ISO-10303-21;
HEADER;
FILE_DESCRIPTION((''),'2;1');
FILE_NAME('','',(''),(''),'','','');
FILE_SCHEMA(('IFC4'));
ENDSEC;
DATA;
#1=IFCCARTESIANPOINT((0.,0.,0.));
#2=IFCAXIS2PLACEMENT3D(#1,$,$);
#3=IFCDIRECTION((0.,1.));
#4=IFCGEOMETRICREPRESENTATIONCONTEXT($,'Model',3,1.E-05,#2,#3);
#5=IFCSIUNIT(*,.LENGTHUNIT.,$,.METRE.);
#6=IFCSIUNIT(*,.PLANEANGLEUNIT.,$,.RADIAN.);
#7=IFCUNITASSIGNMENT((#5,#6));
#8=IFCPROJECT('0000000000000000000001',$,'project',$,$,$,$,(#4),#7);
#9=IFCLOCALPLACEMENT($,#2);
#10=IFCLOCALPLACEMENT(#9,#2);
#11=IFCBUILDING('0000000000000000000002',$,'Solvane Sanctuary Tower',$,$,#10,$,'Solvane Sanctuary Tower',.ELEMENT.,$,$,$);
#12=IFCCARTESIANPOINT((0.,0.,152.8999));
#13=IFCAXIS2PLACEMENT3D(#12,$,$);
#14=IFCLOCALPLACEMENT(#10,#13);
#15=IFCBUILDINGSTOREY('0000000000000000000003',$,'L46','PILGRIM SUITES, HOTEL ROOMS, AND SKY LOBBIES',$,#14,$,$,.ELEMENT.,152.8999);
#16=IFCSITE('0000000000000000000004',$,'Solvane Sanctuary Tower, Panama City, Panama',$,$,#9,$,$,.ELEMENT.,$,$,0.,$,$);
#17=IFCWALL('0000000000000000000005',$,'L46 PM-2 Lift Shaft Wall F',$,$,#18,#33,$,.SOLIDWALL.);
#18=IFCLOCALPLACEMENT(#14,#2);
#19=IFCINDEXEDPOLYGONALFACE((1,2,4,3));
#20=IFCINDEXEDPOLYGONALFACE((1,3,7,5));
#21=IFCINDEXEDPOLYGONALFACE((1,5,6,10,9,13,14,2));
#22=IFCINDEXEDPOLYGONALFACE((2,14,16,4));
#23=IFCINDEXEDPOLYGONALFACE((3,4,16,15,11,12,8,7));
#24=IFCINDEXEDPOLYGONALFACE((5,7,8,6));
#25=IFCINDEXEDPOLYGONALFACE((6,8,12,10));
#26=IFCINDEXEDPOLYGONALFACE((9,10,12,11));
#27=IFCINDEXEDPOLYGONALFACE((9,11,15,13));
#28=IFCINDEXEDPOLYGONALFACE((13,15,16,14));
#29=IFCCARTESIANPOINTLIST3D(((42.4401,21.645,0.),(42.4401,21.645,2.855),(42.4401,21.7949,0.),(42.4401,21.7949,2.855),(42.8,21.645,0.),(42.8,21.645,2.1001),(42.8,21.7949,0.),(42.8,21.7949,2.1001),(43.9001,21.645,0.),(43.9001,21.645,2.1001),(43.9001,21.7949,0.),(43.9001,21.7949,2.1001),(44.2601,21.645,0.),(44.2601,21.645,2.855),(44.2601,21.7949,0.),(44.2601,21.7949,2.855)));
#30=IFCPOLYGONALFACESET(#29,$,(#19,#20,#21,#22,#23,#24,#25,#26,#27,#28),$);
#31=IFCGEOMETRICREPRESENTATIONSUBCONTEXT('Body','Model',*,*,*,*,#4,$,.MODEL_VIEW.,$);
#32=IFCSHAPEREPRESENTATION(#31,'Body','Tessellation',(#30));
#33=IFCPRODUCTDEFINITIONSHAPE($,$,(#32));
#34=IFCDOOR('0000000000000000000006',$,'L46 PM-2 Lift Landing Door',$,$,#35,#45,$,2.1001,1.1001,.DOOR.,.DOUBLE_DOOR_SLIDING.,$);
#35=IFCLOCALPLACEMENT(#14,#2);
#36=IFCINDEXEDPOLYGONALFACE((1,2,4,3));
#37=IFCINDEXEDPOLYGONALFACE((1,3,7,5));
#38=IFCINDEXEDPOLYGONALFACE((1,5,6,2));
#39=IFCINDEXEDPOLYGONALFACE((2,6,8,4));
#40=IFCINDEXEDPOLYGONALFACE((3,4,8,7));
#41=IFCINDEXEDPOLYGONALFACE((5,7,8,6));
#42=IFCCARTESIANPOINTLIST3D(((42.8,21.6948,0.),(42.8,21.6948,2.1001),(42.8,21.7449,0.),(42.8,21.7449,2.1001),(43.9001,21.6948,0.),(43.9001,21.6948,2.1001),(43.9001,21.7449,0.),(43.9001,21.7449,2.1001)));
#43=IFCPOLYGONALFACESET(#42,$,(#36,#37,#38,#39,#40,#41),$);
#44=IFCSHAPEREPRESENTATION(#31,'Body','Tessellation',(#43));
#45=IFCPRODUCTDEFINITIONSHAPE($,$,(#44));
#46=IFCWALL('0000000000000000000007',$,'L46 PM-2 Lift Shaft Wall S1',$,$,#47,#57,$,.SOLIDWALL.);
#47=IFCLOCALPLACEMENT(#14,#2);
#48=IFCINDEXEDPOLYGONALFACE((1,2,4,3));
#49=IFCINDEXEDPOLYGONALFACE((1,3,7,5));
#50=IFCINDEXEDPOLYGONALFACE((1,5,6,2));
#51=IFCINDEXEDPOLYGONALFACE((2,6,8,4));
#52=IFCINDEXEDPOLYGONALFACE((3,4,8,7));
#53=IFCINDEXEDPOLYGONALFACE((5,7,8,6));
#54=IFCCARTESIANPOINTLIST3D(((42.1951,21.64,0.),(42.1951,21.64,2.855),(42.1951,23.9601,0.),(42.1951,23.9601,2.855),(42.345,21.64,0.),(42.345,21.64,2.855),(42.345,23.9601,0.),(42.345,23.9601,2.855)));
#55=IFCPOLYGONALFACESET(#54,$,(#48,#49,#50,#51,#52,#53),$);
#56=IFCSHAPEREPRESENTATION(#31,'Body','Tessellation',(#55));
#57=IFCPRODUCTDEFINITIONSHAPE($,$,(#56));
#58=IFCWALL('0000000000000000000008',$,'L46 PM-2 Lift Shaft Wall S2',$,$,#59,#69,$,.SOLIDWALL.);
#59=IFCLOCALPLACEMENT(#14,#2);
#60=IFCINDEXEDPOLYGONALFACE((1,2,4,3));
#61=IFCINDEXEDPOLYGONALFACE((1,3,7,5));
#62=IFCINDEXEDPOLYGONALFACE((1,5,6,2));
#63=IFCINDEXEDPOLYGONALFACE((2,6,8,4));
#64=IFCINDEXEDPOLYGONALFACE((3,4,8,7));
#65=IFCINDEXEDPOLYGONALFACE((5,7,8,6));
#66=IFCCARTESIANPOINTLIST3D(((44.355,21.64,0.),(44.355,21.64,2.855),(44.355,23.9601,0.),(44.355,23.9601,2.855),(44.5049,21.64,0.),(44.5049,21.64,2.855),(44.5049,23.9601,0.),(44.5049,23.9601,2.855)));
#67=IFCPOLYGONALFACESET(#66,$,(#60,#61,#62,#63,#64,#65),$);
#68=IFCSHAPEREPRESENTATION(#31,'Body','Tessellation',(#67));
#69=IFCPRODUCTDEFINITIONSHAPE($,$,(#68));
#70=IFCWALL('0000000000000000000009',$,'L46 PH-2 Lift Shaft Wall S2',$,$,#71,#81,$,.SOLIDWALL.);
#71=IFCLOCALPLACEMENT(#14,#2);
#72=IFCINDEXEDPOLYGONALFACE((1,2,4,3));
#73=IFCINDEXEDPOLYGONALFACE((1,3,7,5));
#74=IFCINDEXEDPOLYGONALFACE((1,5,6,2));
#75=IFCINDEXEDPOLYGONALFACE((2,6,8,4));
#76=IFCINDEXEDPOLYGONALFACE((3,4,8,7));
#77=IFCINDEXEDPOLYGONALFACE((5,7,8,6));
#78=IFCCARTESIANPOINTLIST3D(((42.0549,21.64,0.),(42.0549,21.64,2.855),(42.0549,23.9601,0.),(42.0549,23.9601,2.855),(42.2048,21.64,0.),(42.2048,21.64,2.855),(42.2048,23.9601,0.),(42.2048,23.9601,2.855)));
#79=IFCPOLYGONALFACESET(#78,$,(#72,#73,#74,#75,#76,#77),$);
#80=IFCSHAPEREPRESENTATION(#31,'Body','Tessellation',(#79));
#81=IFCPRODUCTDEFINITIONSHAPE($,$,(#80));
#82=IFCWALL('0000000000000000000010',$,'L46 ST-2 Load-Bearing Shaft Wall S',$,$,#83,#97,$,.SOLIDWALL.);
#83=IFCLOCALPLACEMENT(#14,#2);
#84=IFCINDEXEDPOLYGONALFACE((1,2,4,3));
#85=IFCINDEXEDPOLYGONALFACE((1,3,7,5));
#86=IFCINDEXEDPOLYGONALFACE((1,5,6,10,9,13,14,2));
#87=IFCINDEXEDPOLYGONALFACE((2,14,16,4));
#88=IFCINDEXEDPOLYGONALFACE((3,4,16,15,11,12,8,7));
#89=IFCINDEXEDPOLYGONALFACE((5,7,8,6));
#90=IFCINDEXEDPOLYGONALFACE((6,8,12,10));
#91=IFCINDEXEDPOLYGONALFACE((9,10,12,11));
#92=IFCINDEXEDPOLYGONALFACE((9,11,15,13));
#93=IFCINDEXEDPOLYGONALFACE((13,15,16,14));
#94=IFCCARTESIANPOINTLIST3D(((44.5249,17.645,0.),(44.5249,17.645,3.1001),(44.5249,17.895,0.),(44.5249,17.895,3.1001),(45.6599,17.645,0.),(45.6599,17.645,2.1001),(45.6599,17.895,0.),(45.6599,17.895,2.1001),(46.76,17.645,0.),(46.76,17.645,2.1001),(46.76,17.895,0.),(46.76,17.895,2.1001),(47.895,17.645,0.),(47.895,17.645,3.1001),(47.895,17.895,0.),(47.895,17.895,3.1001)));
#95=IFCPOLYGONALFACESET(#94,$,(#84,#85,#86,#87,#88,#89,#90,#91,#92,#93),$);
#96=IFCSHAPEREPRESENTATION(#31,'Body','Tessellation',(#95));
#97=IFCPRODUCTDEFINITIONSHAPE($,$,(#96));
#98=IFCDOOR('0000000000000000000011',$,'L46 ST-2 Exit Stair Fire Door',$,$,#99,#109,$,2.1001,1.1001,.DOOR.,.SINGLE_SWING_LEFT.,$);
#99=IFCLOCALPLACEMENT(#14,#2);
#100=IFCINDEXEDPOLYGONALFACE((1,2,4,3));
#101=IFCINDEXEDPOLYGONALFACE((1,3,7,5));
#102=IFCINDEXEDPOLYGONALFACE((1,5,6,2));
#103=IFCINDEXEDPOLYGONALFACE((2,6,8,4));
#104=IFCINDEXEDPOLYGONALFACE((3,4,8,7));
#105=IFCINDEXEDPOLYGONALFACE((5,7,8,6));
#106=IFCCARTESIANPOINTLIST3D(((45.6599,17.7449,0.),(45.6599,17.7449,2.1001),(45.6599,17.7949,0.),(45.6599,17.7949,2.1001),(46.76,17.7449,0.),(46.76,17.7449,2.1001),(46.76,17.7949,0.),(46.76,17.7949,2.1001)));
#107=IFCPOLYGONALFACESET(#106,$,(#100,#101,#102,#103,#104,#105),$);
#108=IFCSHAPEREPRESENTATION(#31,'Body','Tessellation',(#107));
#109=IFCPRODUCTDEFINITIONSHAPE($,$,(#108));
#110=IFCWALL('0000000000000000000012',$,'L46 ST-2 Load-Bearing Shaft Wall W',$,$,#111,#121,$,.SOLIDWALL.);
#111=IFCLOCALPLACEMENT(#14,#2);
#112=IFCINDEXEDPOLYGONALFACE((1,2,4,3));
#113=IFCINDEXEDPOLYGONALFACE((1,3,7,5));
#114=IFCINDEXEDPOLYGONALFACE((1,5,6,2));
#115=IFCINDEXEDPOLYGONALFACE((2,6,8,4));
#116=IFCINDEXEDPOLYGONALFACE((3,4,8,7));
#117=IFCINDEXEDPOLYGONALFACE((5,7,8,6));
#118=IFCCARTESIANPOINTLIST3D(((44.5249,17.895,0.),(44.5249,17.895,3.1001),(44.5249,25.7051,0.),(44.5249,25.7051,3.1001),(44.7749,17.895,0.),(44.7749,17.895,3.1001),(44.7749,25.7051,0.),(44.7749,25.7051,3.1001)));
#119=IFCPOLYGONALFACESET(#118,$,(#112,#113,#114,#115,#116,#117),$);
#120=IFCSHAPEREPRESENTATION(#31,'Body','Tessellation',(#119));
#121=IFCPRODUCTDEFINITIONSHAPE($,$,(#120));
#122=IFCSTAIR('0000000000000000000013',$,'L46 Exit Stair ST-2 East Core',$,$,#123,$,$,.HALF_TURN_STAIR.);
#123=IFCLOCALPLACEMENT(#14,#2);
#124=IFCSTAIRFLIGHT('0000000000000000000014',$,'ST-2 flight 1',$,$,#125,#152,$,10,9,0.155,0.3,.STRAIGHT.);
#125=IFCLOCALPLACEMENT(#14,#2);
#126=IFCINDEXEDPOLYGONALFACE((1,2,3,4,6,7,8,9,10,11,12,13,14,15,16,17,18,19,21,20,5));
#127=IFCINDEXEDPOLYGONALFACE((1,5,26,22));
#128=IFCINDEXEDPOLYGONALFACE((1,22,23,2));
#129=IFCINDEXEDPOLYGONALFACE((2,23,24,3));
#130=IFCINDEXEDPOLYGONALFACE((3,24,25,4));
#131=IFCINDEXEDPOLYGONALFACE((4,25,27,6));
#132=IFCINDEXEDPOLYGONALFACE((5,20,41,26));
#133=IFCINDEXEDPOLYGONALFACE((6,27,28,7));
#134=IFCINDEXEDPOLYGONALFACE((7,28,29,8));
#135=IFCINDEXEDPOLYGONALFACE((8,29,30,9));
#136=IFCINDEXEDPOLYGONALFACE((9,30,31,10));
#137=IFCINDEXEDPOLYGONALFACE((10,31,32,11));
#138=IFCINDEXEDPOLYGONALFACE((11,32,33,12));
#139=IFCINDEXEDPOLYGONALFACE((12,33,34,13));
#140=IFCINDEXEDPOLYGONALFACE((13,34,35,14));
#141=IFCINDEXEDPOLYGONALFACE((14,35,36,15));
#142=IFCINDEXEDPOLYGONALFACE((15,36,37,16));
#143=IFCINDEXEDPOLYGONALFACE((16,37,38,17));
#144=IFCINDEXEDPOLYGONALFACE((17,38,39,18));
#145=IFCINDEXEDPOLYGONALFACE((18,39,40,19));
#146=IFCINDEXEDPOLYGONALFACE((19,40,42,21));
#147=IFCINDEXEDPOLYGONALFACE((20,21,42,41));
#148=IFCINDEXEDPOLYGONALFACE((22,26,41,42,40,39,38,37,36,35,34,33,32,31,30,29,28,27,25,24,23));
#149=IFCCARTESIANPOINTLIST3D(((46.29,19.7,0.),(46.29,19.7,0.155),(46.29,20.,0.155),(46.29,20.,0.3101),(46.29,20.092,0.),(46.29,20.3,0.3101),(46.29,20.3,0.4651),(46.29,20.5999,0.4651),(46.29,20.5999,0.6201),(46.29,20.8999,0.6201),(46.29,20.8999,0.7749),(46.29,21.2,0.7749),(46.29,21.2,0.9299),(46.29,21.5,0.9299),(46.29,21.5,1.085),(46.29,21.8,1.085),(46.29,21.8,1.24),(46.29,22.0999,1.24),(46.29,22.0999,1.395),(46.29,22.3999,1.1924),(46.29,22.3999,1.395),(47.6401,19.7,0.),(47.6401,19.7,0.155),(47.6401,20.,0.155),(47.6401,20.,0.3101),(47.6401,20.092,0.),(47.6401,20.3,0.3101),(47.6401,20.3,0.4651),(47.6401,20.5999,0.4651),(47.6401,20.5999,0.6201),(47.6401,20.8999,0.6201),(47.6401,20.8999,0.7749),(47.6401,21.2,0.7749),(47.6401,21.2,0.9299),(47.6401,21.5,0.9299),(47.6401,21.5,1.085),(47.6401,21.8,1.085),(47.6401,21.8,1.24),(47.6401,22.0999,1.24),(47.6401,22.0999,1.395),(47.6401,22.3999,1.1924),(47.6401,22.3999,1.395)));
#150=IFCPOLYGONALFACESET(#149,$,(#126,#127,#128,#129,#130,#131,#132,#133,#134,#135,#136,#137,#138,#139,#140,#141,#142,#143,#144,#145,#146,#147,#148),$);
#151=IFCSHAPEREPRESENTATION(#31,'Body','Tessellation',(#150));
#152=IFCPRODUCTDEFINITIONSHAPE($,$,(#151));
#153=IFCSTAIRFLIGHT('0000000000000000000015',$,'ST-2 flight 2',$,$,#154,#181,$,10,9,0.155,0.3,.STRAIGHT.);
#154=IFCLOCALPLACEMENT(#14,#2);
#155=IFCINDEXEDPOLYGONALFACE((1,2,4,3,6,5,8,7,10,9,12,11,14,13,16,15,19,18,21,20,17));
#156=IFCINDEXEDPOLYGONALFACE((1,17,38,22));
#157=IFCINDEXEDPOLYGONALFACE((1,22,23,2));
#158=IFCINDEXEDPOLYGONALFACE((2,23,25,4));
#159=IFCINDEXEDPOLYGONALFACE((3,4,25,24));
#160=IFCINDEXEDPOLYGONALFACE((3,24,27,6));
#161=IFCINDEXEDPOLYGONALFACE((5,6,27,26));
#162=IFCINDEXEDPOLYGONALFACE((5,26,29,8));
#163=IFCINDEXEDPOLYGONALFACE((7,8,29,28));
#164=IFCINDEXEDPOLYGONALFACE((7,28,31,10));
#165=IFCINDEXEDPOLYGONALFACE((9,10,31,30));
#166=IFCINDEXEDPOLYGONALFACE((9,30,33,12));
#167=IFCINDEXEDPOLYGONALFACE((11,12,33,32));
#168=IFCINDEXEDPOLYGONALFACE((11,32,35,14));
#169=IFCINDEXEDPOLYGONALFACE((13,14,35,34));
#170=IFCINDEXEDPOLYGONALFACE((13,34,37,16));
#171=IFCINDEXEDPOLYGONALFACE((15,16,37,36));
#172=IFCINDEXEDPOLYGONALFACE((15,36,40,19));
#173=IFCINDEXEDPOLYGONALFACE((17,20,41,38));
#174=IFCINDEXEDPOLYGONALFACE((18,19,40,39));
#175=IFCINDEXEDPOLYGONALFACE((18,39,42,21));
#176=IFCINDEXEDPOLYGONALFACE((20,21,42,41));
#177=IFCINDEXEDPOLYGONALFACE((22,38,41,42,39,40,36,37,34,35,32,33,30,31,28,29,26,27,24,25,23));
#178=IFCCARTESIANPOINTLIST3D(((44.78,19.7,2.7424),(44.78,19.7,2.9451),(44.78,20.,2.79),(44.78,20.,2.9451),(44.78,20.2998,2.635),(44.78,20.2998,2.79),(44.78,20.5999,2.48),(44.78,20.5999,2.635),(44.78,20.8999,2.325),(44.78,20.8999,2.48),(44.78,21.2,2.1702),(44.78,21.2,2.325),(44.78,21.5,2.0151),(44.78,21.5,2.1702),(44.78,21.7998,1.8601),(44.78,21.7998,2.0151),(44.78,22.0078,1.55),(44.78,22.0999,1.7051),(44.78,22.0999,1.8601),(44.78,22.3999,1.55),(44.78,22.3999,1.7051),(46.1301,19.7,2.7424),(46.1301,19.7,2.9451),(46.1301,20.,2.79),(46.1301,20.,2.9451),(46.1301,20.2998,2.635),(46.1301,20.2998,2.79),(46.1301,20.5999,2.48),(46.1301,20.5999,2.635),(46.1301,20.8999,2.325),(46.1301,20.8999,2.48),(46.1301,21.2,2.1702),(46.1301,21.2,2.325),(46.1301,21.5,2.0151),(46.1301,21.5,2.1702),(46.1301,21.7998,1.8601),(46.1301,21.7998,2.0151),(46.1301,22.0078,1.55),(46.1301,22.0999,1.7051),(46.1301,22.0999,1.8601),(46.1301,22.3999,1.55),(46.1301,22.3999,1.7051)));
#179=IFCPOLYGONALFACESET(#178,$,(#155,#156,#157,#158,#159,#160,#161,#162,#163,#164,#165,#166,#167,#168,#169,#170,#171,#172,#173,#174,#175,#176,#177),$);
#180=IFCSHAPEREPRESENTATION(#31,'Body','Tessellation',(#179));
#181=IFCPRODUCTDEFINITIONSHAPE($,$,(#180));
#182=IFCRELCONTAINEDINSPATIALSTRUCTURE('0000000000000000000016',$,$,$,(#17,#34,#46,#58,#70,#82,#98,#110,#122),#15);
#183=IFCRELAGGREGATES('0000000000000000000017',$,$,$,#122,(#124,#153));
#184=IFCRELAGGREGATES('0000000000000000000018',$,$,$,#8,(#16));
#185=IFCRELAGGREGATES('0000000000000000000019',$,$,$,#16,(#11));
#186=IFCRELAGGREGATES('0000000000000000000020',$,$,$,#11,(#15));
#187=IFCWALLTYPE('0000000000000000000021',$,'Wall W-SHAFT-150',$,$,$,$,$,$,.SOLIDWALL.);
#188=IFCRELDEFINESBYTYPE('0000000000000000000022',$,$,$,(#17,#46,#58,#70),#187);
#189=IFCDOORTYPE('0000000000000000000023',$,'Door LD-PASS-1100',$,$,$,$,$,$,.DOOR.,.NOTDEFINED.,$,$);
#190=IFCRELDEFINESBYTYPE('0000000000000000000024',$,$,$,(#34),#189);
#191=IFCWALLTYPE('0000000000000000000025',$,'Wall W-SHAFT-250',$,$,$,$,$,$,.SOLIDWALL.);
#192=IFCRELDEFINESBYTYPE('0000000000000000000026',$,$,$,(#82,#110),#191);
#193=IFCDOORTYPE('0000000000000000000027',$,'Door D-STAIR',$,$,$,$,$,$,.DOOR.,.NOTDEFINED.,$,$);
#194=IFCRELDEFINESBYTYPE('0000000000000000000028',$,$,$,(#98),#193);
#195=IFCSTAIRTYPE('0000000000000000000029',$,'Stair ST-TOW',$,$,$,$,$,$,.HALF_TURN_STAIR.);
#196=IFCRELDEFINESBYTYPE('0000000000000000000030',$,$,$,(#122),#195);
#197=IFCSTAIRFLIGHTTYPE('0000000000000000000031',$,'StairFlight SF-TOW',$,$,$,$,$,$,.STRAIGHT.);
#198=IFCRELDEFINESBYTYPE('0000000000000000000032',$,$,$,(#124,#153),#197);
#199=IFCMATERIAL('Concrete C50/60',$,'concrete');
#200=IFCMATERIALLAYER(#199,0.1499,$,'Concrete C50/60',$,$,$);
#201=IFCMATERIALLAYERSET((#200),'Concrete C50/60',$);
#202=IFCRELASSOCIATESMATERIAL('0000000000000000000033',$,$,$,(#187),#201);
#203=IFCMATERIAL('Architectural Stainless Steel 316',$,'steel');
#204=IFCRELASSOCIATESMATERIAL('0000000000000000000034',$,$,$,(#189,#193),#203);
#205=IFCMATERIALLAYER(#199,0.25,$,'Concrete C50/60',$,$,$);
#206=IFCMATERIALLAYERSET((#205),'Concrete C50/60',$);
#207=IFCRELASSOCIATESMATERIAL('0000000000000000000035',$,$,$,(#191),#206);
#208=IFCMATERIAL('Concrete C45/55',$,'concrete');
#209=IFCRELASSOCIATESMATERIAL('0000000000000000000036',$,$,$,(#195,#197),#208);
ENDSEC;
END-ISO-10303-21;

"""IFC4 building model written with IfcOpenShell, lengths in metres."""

from ifc_helpers import new_model, si_unit, direction, frame, frame_2d, origin, place, context, subcontext, project, spatial, polyline, rectangle, outline, extrude, material, layer, layer_set, type_object, element, fill, aggregate, save


model = new_model("IFC4")

# Units and contexts
model_context = context("Model", 3, precision=1e-05, world=origin(), true_north=direction((0.0, 1.0)))
body_context = subcontext(model_context, "Body", "Model", "MODEL_VIEW")
ifc_project = project(units=[si_unit("LENGTHUNIT", "METRE"), si_unit("PLANEANGLEUNIT", "RADIAN")], contexts=[model_context])

# Site, building, storey
site_placement = place(None, origin())
site = spatial("IfcSite", under=ifc_project, at=site_placement, Name="Solvane Sanctuary Tower, Panama City, Panama", CompositionType="ELEMENT", RefElevation=0.0)
building_placement = place(site_placement, origin())
building = spatial("IfcBuilding", under=site, at=building_placement, Name="Solvane Sanctuary Tower", LongName="Solvane Sanctuary Tower", CompositionType="ELEMENT")
storey_placement = place(building_placement, frame((0.0, 0.0, 152.8999)))
storey = spatial("IfcBuildingStorey", under=building, at=storey_placement, Name="L46", Description="PILGRIM SUITES, HOTEL ROOMS, AND SKY LOBBIES", CompositionType="ELEMENT", Elevation=152.8999)

# Wall, opening, door
ifc_material_1 = material(Name="Concrete C50/60", Category="concrete")
ifc_layer_1 = layer(ifc_material_1, 0.1499, Name="Concrete C50/60")
ifc_layer_set_1 = layer_set([ifc_layer_1], Name="Concrete C50/60")
wall_type_1 = type_object("IfcWallType", Name="Wall W-SHAFT-150", PredefinedType="SOLIDWALL", material=ifc_layer_set_1)
wall_1_placement = place(storey_placement, frame((42.4399, 21.72, 0.0), z_axis=(0.0, 0.0, 1.0), x_axis=(1.0, 0.0, 0.0)))
wall_1 = element("IfcWall", 1, at=wall_1_placement, inside=storey, type_object=wall_type_1, Name="L46 PM-2 Lift Shaft Wall F", PredefinedType="SOLIDWALL", context=body_context, shape_type="SweptSolid", body=[
    extrude(rectangle(XDim=1.8201, YDim=0.1499, at=frame_2d((0.9102, 0.0))), origin(), (0.0, 0.0, 1.0), 2.855),
])
opening_1_placement = place(wall_1_placement, frame((0.3601, 0.0, 0.0)))
opening_1 = element("IfcOpeningElement", 2, at=opening_1_placement, cuts=wall_1, PredefinedType="OPENING", context=body_context, shape_type="SweptSolid", body=[
    extrude(rectangle(XDim=1.1001, YDim=2.1001, at=frame_2d((0.55, 1.05))), frame((0.0, 0.085, 0.0), z_axis=(0.0, -1.0, 0.0), x_axis=(1.0, 0.0, 0.0)), (0.0, 0.0, 1.0), 0.1699),
])
ifc_material_2 = material(Name="Architectural Stainless Steel 316", Category="steel")
door_type_1 = type_object("IfcDoorType", Name="Door LD-PASS-1100", OperationType="NOTDEFINED", PredefinedType="DOOR", material=ifc_material_2)
door_1_placement = place(opening_1_placement, origin())
door_1 = element("IfcDoor", 3, at=door_1_placement, inside=storey, type_object=door_type_1, Name="L46 PM-2 Lift Landing Door", OperationType="DOUBLE_DOOR_SLIDING", OverallHeight=2.1001, OverallWidth=1.1001, PredefinedType="DOOR", context=body_context, shape_type="SweptSolid", body=[
    extrude(rectangle(XDim=1.1001, YDim=2.1001, at=frame_2d((0.55, 1.05))), frame((0.0, 0.0249, 0.0), z_axis=(0.0, -1.0, 0.0), x_axis=(1.0, 0.0, 0.0)), (0.0, 0.0, 1.0), 0.05),
])
fill(opening_1, door_1)

# Walls
for number, where, z_axis, x_axis, name in (
    (4, (42.27, 21.6399, 0.0), (0.0, 0.0, 1.0), (0.0, 1.0, 0.0), "L46 PM-2 Lift Shaft Wall S1"),
    (5, (44.4299, 21.6399, 0.0), (0.0, 0.0, 1.0), (0.0, 1.0, 0.0), "L46 PM-2 Lift Shaft Wall S2"),
    (6, (42.1299, 21.6399, 0.0), (0.0, 0.0, 1.0), (0.0, 1.0, 0.0), "L46 PH-2 Lift Shaft Wall S2"),
):
    element("IfcWall", number, at=place(storey_placement, frame(where, z_axis=z_axis, x_axis=x_axis)), inside=storey, type_object=wall_type_1, Name=name, PredefinedType="SOLIDWALL", context=body_context, shape_type="SweptSolid", body=[
        extrude(rectangle(XDim=2.3201, YDim=0.1499, at=frame_2d((1.1602, 0.0))), origin(), (0.0, 0.0, 1.0), 2.855),
    ])

# Wall, opening, door
ifc_layer_2 = layer(ifc_material_1, 0.25, Name="Concrete C50/60")
ifc_layer_set_2 = layer_set([ifc_layer_2], Name="Concrete C50/60")
wall_type_2 = type_object("IfcWallType", Name="Wall W-SHAFT-250", PredefinedType="SOLIDWALL", material=ifc_layer_set_2)
wall_2_placement = place(storey_placement, frame((44.5249, 17.77, 0.0), z_axis=(0.0, 0.0, 1.0), x_axis=(1.0, 0.0, 0.0)))
wall_2 = element("IfcWall", 7, at=wall_2_placement, inside=storey, type_object=wall_type_2, Name="L46 ST-2 Load-Bearing Shaft Wall S", PredefinedType="SOLIDWALL", context=body_context, shape_type="SweptSolid", body=[
    extrude(rectangle(XDim=3.3701, YDim=0.25, at=frame_2d((1.6851, 0.0))), origin(), (0.0, 0.0, 1.0), 3.1001),
])
opening_2_placement = place(wall_2_placement, frame((1.135, 0.0, 0.0)))
opening_2 = element("IfcOpeningElement", 8, at=opening_2_placement, cuts=wall_2, PredefinedType="OPENING", context=body_context, shape_type="SweptSolid", body=[
    extrude(rectangle(XDim=1.1001, YDim=2.1001, at=frame_2d((0.55, 1.05))), frame((0.0, 0.135, 0.0), z_axis=(0.0, -1.0, 0.0), x_axis=(1.0, 0.0, 0.0)), (0.0, 0.0, 1.0), 0.27),
])
door_type_2 = type_object("IfcDoorType", Name="Door D-STAIR", OperationType="NOTDEFINED", PredefinedType="DOOR", material=ifc_material_2)
door_2_placement = place(opening_2_placement, origin())
door_2 = element("IfcDoor", 9, at=door_2_placement, inside=storey, type_object=door_type_2, Name="L46 ST-2 Exit Stair Fire Door", OperationType="SINGLE_SWING_LEFT", OverallHeight=2.1001, OverallWidth=1.1001, PredefinedType="DOOR", context=body_context, shape_type="SweptSolid", body=[
    extrude(rectangle(XDim=1.1001, YDim=2.1001, at=frame_2d((0.55, 1.05))), frame((0.0, 0.0249, 0.0), z_axis=(0.0, -1.0, 0.0), x_axis=(1.0, 0.0, 0.0)), (0.0, 0.0, 1.0), 0.05),
])
fill(opening_2, door_2)

# Wall
wall_3_placement = place(storey_placement, frame((44.6499, 17.895, 0.0), z_axis=(0.0, 0.0, 1.0), x_axis=(0.0, 1.0, 0.0)))
element("IfcWall", 10, at=wall_3_placement, inside=storey, type_object=wall_type_2, Name="L46 ST-2 Load-Bearing Shaft Wall W", PredefinedType="SOLIDWALL", context=body_context, shape_type="SweptSolid", body=[
    extrude(rectangle(XDim=7.8101, YDim=0.25, at=frame_2d((3.905, 0.0))), origin(), (0.0, 0.0, 1.0), 3.1001),
])

# Stair, stair flights
ifc_material_3 = material(Name="Concrete C45/55", Category="concrete")
stair_type = type_object("IfcStairType", Name="Stair ST-TOW", PredefinedType="HALF_TURN_STAIR", material=ifc_material_3)
stair_placement = place(storey_placement, origin())
stair = element("IfcStair", 11, at=stair_placement, inside=storey, type_object=stair_type, Name="L46 Exit Stair ST-2 East Core", PredefinedType="HALF_TURN_STAIR")
stair_flight_type = type_object("IfcStairFlightType", Name="StairFlight SF-TOW", PredefinedType="STRAIGHT", material=ifc_material_3)
stair_flight_1_placement = place(storey_placement, frame((46.9651, 19.7, 0.0), z_axis=(0.0, 0.0, 1.0), x_axis=(0.0, 1.0, 0.0)))
stair_flight_1 = element("IfcStairFlight", 12, at=stair_flight_1_placement, type_object=stair_flight_type, Name="ST-2 flight 1", NumberOfRisers=10, NumberOfTreads=9, PredefinedType="STRAIGHT", RiserHeight=0.155, TreadLength=0.3, context=body_context, shape_type="SweptSolid", body=[
    extrude(outline(polyline([(0.0, 0.0), (0.0, 0.155), (0.3, 0.155), (0.3, 0.3101), (0.6001, 0.3101), (0.6001, 0.4651), (0.8999, 0.4651), (0.8999, 0.6201), (1.2, 0.6201), (1.2, 0.7749), (1.5, 0.7749), (1.5, 0.9299), (1.8, 0.9299), (1.8, 1.085), (2.1001, 1.085), (2.1001, 1.24), (2.3999, 1.24), (2.3999, 1.395), (2.7, 1.395), (2.7, 1.55), (2.7, 1.1924), (0.3921, 0.0), (0.0, 0.0)])), frame((0.0, 0.675, 0.0), z_axis=(0.0, -1.0, 0.0), x_axis=(1.0, 0.0, 0.0)), (0.0, 0.0, 1.0), 1.3501),
])
stair_flight_2_placement = place(storey_placement, frame((45.4551, 22.3999, 1.55), z_axis=(0.0, 0.0, 1.0), x_axis=(0.0, -1.0, 0.0)))
stair_flight_2 = element("IfcStairFlight", 13, at=stair_flight_2_placement, type_object=stair_flight_type, Name="ST-2 flight 2", NumberOfRisers=10, NumberOfTreads=9, PredefinedType="STRAIGHT", RiserHeight=0.155, TreadLength=0.3, context=body_context, shape_type="SweptSolid", body=[
    extrude(outline(polyline([(0.0, 0.0), (0.0, 0.155), (0.3, 0.155), (0.3, 0.3101), (0.6001, 0.3101), (0.6001, 0.4651), (0.8999, 0.4651), (0.8999, 0.6201), (1.2, 0.6201), (1.2, 0.7749), (1.5, 0.7749), (1.5, 0.9299), (1.8, 0.9299), (1.8, 1.085), (2.1001, 1.085), (2.1001, 1.24), (2.3999, 1.24), (2.3999, 1.395), (2.7, 1.395), (2.7, 1.55), (2.7, 1.1924), (0.3921, 0.0), (0.0, 0.0)])), frame((0.0, 0.675, 0.0), z_axis=(0.0, -1.0, 0.0), x_axis=(1.0, 0.0, 0.0)), (0.0, 0.0, 1.0), 1.3501),
])
aggregate(stair, [stair_flight_1, stair_flight_2])

save(model, "model.ifc")
